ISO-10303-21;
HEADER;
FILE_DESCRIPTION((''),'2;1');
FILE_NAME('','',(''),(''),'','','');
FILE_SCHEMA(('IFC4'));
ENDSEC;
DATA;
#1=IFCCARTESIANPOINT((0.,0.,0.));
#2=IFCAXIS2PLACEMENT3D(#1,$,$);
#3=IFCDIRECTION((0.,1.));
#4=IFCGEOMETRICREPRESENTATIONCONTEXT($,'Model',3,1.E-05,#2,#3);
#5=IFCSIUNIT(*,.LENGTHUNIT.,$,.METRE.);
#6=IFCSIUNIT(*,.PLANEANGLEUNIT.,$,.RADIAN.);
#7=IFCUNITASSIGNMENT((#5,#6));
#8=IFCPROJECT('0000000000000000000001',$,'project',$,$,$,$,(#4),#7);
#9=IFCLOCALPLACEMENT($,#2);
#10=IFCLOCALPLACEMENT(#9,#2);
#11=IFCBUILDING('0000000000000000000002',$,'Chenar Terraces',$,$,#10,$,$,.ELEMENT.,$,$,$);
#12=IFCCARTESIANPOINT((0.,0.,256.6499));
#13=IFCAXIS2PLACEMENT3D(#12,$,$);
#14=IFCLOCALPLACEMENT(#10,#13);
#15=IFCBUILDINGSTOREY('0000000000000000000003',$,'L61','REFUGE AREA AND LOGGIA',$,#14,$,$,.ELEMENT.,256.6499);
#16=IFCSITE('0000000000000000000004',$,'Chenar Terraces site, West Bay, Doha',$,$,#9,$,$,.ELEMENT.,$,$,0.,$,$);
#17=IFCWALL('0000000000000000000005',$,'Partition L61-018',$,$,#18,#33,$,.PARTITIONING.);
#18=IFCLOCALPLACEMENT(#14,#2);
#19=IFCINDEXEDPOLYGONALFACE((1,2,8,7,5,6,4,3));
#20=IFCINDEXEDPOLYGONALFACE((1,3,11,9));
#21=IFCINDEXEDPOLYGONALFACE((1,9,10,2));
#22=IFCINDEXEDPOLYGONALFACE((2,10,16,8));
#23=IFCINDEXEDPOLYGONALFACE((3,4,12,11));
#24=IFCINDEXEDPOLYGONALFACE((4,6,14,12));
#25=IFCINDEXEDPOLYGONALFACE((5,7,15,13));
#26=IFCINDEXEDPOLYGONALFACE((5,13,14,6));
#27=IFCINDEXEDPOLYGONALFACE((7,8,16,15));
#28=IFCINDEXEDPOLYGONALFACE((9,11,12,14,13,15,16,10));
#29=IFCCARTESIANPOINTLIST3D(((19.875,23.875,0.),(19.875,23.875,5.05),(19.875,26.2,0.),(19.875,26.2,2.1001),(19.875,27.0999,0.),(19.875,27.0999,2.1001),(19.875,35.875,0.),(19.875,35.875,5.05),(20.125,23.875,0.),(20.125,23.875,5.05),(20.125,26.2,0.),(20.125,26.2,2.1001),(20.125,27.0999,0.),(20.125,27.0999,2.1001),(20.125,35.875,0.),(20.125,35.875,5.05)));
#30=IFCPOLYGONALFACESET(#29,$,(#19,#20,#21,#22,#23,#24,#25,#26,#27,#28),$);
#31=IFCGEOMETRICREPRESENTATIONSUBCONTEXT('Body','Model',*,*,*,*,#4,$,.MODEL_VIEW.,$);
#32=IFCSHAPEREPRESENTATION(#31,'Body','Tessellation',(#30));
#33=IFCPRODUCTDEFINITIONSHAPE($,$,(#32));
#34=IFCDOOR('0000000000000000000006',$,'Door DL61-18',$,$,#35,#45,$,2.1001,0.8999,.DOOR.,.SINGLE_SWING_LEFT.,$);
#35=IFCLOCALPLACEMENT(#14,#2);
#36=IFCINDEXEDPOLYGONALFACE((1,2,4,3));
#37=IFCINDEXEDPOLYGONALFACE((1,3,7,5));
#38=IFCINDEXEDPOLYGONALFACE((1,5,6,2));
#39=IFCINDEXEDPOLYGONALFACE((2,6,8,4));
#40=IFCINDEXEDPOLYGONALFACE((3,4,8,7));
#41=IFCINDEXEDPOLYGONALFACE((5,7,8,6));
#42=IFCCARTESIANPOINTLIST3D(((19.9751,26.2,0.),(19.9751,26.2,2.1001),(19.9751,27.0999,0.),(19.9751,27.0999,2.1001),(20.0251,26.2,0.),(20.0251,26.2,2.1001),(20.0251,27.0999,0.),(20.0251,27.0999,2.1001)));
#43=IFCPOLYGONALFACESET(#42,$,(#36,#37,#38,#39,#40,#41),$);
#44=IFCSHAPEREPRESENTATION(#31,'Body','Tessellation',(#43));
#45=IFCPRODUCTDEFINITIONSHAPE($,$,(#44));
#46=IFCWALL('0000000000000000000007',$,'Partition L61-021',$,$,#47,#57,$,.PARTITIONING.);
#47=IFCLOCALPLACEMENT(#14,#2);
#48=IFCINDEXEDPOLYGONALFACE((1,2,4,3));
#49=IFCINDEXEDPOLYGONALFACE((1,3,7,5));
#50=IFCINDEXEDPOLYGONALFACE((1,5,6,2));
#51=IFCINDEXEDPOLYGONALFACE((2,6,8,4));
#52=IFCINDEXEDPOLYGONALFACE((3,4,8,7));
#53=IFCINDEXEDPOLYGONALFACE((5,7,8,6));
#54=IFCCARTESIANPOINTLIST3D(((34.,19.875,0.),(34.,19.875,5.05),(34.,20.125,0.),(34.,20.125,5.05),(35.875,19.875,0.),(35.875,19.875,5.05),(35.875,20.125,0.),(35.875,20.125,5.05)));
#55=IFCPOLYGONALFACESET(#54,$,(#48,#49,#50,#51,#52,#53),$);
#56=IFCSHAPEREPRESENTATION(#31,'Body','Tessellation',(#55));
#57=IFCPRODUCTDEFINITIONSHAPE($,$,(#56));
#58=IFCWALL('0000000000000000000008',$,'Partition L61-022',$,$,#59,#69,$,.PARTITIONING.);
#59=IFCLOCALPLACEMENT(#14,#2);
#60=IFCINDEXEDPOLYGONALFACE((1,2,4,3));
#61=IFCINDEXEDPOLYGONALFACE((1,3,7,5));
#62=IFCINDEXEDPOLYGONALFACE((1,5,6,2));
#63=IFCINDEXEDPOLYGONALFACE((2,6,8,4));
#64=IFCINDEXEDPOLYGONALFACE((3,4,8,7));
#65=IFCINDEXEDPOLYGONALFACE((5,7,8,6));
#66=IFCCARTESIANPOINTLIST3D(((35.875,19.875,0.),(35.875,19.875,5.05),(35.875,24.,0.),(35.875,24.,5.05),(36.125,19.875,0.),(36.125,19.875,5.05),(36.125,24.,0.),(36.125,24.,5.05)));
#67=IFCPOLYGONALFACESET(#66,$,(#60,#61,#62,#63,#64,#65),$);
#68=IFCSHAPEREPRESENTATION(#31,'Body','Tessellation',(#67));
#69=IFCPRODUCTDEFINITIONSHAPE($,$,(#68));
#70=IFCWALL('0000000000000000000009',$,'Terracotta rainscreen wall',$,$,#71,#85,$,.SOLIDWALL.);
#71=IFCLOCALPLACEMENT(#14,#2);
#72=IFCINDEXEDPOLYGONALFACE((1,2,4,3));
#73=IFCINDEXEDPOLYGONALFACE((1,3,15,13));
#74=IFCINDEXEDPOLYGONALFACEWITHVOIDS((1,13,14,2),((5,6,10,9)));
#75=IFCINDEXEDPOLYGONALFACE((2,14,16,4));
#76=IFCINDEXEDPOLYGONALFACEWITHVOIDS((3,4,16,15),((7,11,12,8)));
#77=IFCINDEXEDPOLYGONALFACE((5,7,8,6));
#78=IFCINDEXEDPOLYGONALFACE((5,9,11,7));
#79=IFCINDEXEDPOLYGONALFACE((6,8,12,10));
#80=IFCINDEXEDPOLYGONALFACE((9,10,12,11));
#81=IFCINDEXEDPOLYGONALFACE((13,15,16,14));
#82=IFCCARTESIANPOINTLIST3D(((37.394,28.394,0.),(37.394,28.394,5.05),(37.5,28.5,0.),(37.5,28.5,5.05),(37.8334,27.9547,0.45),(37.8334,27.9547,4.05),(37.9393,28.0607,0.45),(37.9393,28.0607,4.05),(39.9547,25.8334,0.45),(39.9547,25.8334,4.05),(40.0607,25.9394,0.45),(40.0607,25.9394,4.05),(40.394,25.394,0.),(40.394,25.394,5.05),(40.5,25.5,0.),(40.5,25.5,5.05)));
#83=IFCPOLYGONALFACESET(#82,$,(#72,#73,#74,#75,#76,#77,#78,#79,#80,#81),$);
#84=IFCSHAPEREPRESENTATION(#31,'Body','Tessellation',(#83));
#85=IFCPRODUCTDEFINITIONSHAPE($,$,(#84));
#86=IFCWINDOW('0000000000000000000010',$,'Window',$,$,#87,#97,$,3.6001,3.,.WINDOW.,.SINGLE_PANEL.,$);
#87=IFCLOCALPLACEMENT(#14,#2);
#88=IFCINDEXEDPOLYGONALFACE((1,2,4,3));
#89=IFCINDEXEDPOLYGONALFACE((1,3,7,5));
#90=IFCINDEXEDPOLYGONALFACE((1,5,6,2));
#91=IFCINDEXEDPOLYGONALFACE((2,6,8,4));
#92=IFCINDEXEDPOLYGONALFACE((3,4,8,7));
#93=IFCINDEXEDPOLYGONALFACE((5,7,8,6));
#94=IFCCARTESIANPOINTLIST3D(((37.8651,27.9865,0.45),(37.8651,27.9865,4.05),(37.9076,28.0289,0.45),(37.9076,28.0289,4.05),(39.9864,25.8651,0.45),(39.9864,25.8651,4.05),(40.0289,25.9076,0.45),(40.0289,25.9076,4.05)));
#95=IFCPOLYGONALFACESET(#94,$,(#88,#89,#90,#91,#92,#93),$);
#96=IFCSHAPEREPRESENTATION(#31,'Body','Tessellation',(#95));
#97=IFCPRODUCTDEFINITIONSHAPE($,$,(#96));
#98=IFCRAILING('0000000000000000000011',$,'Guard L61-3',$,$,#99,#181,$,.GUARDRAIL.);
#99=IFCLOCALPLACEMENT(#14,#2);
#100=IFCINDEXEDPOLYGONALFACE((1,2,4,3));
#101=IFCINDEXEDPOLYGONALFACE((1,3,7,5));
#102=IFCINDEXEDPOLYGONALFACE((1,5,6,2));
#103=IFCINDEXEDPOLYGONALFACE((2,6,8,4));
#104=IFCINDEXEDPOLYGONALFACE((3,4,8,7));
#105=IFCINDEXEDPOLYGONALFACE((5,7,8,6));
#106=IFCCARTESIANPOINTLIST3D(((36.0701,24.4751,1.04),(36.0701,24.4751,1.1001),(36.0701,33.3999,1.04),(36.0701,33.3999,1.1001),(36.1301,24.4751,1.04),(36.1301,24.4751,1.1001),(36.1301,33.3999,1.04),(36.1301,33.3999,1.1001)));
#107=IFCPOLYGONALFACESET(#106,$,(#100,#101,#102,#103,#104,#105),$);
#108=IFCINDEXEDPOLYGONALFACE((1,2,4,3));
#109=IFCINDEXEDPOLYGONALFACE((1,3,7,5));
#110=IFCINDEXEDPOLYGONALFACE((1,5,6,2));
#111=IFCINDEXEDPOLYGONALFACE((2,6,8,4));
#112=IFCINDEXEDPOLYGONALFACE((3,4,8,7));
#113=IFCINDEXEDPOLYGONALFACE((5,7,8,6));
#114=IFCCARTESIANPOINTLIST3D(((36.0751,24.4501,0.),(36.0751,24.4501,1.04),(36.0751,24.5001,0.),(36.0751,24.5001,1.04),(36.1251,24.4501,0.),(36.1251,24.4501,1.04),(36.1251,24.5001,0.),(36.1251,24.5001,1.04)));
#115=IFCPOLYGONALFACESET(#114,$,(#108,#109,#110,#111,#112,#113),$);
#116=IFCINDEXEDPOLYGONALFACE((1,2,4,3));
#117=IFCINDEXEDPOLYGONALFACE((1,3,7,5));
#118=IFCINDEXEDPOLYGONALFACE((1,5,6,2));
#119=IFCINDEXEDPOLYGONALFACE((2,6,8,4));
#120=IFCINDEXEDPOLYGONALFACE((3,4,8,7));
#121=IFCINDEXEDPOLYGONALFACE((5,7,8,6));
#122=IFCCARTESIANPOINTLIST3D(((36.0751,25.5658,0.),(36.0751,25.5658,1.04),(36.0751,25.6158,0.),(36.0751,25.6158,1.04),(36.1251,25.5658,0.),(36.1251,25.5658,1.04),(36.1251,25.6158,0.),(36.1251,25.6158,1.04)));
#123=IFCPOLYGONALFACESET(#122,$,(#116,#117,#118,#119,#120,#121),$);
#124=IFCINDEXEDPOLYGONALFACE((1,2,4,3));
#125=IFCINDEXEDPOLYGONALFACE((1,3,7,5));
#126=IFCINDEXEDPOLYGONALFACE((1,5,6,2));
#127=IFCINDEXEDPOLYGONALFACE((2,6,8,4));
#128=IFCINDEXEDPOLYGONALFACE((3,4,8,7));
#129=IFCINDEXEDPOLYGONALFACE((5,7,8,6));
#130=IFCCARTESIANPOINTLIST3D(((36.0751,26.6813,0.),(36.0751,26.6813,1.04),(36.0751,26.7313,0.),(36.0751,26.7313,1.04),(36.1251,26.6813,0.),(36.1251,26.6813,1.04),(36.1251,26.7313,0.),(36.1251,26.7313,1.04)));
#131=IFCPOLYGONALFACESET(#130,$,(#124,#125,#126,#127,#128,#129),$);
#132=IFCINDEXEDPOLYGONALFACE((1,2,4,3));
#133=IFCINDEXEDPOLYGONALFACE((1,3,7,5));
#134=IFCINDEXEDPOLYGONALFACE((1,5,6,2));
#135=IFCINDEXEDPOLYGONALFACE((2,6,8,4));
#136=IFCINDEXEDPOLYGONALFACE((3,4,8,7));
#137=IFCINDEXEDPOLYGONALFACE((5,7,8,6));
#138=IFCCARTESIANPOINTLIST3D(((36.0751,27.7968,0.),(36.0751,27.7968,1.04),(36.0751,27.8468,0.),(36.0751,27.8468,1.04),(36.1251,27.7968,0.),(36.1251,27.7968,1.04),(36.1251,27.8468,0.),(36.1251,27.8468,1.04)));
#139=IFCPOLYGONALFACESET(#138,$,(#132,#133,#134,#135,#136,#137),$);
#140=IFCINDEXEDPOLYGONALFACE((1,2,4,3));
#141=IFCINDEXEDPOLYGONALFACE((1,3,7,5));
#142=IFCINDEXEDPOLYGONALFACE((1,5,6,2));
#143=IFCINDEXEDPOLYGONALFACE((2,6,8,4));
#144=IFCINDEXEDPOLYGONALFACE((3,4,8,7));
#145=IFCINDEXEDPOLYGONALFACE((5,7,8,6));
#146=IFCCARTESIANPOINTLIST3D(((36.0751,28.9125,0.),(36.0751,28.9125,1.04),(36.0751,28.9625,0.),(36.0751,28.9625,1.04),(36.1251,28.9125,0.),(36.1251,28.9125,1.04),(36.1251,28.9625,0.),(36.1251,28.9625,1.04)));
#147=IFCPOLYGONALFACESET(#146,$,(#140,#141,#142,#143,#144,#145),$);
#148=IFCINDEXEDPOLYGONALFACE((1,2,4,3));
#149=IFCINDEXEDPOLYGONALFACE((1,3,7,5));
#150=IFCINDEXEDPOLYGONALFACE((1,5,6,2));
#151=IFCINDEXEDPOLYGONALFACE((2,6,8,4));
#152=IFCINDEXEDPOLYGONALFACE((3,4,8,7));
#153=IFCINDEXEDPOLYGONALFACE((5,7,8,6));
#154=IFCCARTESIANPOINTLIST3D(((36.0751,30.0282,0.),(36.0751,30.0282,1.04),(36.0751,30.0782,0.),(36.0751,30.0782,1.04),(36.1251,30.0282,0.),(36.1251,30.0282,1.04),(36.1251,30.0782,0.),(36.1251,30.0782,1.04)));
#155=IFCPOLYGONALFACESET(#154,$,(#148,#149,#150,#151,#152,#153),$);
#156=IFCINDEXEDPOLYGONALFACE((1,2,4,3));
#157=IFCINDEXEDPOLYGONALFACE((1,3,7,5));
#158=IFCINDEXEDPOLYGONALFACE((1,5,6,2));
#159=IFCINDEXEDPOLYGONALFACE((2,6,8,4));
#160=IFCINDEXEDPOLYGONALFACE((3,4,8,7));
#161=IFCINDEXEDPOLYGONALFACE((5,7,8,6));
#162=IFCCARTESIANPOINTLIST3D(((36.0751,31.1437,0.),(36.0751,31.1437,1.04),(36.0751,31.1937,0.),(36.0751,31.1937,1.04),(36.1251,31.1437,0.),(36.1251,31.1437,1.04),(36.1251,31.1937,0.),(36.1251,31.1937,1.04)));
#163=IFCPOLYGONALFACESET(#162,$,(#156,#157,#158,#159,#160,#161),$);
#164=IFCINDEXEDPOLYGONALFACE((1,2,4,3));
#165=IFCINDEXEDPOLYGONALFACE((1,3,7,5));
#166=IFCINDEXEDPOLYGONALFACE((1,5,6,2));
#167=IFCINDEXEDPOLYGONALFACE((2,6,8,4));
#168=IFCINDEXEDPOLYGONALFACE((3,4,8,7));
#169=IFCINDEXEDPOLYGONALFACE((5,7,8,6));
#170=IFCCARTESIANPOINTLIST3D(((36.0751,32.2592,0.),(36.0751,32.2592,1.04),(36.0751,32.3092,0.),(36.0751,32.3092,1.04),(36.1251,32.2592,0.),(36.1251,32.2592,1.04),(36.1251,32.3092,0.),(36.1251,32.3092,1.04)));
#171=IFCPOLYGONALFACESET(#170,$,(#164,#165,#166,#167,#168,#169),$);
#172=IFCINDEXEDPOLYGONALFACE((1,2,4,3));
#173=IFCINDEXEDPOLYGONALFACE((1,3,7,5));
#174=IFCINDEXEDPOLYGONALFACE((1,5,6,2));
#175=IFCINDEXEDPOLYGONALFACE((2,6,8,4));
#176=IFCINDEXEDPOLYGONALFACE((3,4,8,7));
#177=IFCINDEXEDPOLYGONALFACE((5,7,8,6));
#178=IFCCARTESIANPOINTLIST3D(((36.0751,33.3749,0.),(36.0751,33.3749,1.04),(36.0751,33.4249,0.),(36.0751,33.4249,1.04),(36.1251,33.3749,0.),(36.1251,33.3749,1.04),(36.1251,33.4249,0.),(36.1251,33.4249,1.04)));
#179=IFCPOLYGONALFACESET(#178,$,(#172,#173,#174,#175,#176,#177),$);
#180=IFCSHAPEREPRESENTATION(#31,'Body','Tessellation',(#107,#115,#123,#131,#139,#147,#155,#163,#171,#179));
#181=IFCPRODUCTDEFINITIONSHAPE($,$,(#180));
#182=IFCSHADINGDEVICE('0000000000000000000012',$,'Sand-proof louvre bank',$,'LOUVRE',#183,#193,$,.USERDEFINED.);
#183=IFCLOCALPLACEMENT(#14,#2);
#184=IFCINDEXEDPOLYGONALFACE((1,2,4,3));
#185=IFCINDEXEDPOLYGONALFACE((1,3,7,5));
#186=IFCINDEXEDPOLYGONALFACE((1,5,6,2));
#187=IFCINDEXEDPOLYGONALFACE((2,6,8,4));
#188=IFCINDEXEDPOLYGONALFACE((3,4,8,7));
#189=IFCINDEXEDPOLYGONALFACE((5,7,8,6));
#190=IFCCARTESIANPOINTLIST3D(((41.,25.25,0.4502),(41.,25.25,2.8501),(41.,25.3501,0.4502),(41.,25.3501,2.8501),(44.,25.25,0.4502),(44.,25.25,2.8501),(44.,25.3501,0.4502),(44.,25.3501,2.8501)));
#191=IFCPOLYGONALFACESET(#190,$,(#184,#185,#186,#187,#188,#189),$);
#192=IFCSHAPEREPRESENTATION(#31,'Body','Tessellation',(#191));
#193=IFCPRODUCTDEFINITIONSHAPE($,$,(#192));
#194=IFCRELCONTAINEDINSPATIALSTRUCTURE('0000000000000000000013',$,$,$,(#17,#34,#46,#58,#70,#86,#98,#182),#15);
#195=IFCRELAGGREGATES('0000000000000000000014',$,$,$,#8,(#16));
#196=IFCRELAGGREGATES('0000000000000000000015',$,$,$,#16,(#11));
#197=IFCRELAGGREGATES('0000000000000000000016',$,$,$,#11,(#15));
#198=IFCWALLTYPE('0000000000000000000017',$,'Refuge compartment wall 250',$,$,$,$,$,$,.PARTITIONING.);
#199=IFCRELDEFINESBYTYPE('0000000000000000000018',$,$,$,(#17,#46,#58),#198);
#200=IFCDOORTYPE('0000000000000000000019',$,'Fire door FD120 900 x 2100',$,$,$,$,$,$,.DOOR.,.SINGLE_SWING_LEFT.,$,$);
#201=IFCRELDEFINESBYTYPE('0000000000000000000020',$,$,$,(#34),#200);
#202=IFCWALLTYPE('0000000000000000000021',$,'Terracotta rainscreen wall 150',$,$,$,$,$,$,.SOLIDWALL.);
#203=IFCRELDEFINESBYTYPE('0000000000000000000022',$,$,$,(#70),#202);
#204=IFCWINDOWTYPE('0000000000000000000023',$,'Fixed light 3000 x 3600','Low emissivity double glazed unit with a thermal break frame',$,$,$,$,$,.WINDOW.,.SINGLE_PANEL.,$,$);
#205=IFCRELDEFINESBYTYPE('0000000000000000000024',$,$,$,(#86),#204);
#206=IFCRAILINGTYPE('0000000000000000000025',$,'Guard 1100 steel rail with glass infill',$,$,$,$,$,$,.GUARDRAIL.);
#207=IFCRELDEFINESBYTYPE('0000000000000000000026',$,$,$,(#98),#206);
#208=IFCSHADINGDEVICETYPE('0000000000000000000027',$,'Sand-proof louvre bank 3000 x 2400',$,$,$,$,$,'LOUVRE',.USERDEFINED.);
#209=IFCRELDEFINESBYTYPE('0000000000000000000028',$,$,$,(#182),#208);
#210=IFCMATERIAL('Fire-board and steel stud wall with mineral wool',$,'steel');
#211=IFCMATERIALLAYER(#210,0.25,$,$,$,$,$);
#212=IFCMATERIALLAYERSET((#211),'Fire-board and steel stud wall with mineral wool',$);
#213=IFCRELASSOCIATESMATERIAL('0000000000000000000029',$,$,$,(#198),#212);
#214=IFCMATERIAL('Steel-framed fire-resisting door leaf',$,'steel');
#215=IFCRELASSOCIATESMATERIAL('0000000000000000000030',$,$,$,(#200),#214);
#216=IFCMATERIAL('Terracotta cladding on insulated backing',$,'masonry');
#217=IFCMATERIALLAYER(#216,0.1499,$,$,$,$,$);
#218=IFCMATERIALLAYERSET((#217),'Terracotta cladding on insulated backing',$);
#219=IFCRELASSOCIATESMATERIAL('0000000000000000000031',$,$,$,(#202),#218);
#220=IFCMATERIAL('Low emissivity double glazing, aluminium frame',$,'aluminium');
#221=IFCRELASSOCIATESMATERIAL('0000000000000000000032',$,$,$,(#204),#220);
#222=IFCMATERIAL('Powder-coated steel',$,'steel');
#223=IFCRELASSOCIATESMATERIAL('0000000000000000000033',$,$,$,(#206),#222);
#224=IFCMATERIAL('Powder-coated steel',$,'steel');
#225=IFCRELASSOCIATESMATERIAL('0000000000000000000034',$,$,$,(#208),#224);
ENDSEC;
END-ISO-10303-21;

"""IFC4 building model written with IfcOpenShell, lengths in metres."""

from ifc_helpers import new_model, si_unit, direction, frame, frame_2d, origin, origin_2d, place, context, subcontext, project, spatial, rectangle, extrude, material, layer, layer_set, type_object, element, fill, save


model = new_model("IFC4")

# Units and contexts
model_context = context("Model", 3, precision=1e-05, world=origin(), true_north=direction((0.0, 1.0)))
body_context = subcontext(model_context, "Body", "Model", "MODEL_VIEW")
ifc_project = project(units=[si_unit("LENGTHUNIT", "METRE"), si_unit("PLANEANGLEUNIT", "RADIAN")], contexts=[model_context])

# Site, building, storey
site_placement = place(None, origin())
site = spatial("IfcSite", under=ifc_project, at=site_placement, Name="Chenar Terraces site, West Bay, Doha", CompositionType="ELEMENT", RefElevation=0.0)
building_placement = place(site_placement, origin())
building = spatial("IfcBuilding", under=site, at=building_placement, Name="Chenar Terraces", CompositionType="ELEMENT")
storey_placement = place(building_placement, frame((0.0, 0.0, 256.6499)))
storey = spatial("IfcBuildingStorey", under=building, at=storey_placement, Name="L61", Description="REFUGE AREA AND LOGGIA", CompositionType="ELEMENT", Elevation=256.6499)

# Wall, opening, door
ifc_material_1 = material(Name="Fire-board and steel stud wall with mineral wool", Category="steel")
ifc_layer_1 = layer(ifc_material_1, 0.25)
ifc_layer_set_1 = layer_set([ifc_layer_1], Name="Fire-board and steel stud wall with mineral wool")
wall_type_1 = type_object("IfcWallType", Name="Refuge compartment wall 250", PredefinedType="PARTITIONING", material=ifc_layer_set_1)
wall_1_placement = place(storey_placement, frame((20.0, 23.875, 0.0), z_axis=(0.0, 0.0, 1.0), x_axis=(0.0, 1.0, 0.0)))
wall_1 = element("IfcWall", 1, at=wall_1_placement, inside=storey, type_object=wall_type_1, Name="Partition L61-018", PredefinedType="PARTITIONING", context=body_context, shape_type="SweptSolid", body=[
    extrude(rectangle(XDim=12.0, YDim=0.25, at=frame_2d((6.0, 0.0))), origin(), (0.0, 0.0, 1.0), 5.05),
])
opening_1_placement = place(wall_1_placement, frame((2.325, 0.0, 0.0)))
opening_1 = element("IfcOpeningElement", 2, at=opening_1_placement, cuts=wall_1, PredefinedType="OPENING", context=body_context, shape_type="SweptSolid", body=[
    extrude(rectangle(XDim=0.8999, YDim=2.1001, at=frame_2d((0.45, 1.05))), frame((0.0, 0.135, 0.0), z_axis=(0.0, -1.0, 0.0), x_axis=(1.0, 0.0, 0.0)), (0.0, 0.0, 1.0), 0.27),
])
ifc_material_2 = material(Name="Steel-framed fire-resisting door leaf", Category="steel")
door_type = type_object("IfcDoorType", Name="Fire door FD120 900 x 2100", OperationType="SINGLE_SWING_LEFT", PredefinedType="DOOR", material=ifc_material_2)
door_placement = place(opening_1_placement, origin())
door = element("IfcDoor", 3, at=door_placement, inside=storey, type_object=door_type, Name="Door DL61-18", OperationType="SINGLE_SWING_LEFT", OverallHeight=2.1001, OverallWidth=0.8999, PredefinedType="DOOR", context=body_context, shape_type="SweptSolid", body=[
    extrude(rectangle(XDim=0.8999, YDim=2.1001, at=frame_2d((0.45, 1.05))), frame((0.0, 0.0249, 0.0), z_axis=(0.0, -1.0, 0.0), x_axis=(1.0, 0.0, 0.0)), (0.0, 0.0, 1.0), 0.05),
])
fill(opening_1, door)

# Walls
wall_2_placement = place(storey_placement, frame((34.0, 20.0, 0.0), z_axis=(0.0, 0.0, 1.0), x_axis=(1.0, 0.0, 0.0)))
element("IfcWall", 4, at=wall_2_placement, inside=storey, type_object=wall_type_1, Name="Partition L61-021", PredefinedType="PARTITIONING", context=body_context, shape_type="SweptSolid", body=[
    extrude(rectangle(XDim=1.875, YDim=0.25, at=frame_2d((0.9375, 0.0))), origin(), (0.0, 0.0, 1.0), 5.05),
])
wall_3_placement = place(storey_placement, frame((36.0, 19.875, 0.0), z_axis=(0.0, 0.0, 1.0), x_axis=(0.0, 1.0, 0.0)))
element("IfcWall", 5, at=wall_3_placement, inside=storey, type_object=wall_type_1, Name="Partition L61-022", PredefinedType="PARTITIONING", context=body_context, shape_type="SweptSolid", body=[
    extrude(rectangle(XDim=4.125, YDim=0.25, at=frame_2d((2.0625, 0.0))), origin(), (0.0, 0.0, 1.0), 5.05),
])

# Wall, opening, window
ifc_material_3 = material(Name="Terracotta cladding on insulated backing", Category="masonry")
ifc_layer_2 = layer(ifc_material_3, 0.1499)
ifc_layer_set_2 = layer_set([ifc_layer_2], Name="Terracotta cladding on insulated backing")
wall_type_2 = type_object("IfcWallType", Name="Terracotta rainscreen wall 150", PredefinedType="SOLIDWALL", material=ifc_layer_set_2)
wall_4_placement = place(storey_placement, frame((40.447, 25.447, 0.0), z_axis=(0.0, 0.0, 1.0), x_axis=(-0.707107, 0.707107, 0.0)))
wall_4 = element("IfcWall", 6, at=wall_4_placement, inside=storey, type_object=wall_type_2, Name="Terracotta rainscreen wall", PredefinedType="SOLIDWALL", context=body_context, shape_type="SweptSolid", body=[
    extrude(rectangle(XDim=4.2427, YDim=0.1499, at=frame_2d((2.1213, 0.0))), origin(), (0.0, 0.0, 1.0), 5.05),
])
opening_2_placement = place(wall_4_placement, frame((0.6213, 0.0, 0.45)))
opening_2 = element("IfcOpeningElement", 7, at=opening_2_placement, cuts=wall_4, PredefinedType="OPENING", context=body_context, shape_type="SweptSolid", body=[
    extrude(rectangle(XDim=3.0, YDim=3.6001, at=frame_2d((1.5, 1.8))), frame((0.0, 0.085, 0.0), z_axis=(0.0, -1.0, 0.0), x_axis=(1.0, 0.0, 0.0)), (0.0, 0.0, 1.0), 0.1699),
])
ifc_material_4 = material(Name="Low emissivity double glazing, aluminium frame", Category="aluminium")
window_type = type_object("IfcWindowType", Name="Fixed light 3000 x 3600", Description="Low emissivity double glazed unit with a thermal break frame", PartitioningType="SINGLE_PANEL", PredefinedType="WINDOW", material=ifc_material_4)
window_placement = place(opening_2_placement, origin())
window = element("IfcWindow", 8, at=window_placement, inside=storey, type_object=window_type, Name="Window", OverallHeight=3.6001, OverallWidth=3.0, PartitioningType="SINGLE_PANEL", PredefinedType="WINDOW", context=body_context, shape_type="SweptSolid", body=[
    extrude(rectangle(XDim=3.0, YDim=3.6001, at=frame_2d((1.5, 1.8))), frame((0.0, 0.03, 0.0), z_axis=(0.0, -1.0, 0.0), x_axis=(1.0, 0.0, 0.0)), (0.0, 0.0, 1.0), 0.0601),
])
fill(opening_2, window)

# Railing
ifc_material_5 = material(Name="Powder-coated steel", Category="steel")
railing_type = type_object("IfcRailingType", Name="Guard 1100 steel rail with glass infill", PredefinedType="GUARDRAIL", material=ifc_material_5)
railing_placement = place(storey_placement, frame((36.1001, 24.4751, 0.0)))
element("IfcRailing", 9, at=railing_placement, inside=storey, type_object=railing_type, Name="Guard L61-3", PredefinedType="GUARDRAIL", context=body_context, shape_type="SweptSolid", body=[
    extrude(rectangle(XDim=0.0601, YDim=0.0601, at=origin_2d()), frame((0.0, 0.0, 1.0701), z_axis=(0.0, 1.0, 0.0), x_axis=(-1.0, 0.0, 0.0)), (0.0, 0.0, 1.0), 8.9248),
    extrude(rectangle(XDim=0.05, YDim=0.05, at=origin_2d()), origin(), (0.0, 0.0, 1.0), 1.04),
    extrude(rectangle(XDim=0.05, YDim=0.05, at=origin_2d()), frame((0.0, 1.1157, 0.0)), (0.0, 0.0, 1.0), 1.04),
    extrude(rectangle(XDim=0.05, YDim=0.05, at=origin_2d()), frame((0.0, 2.2312, 0.0)), (0.0, 0.0, 1.0), 1.04),
    extrude(rectangle(XDim=0.05, YDim=0.05, at=origin_2d()), frame((0.0, 3.3467, 0.0)), (0.0, 0.0, 1.0), 1.04),
    extrude(rectangle(XDim=0.05, YDim=0.05, at=origin_2d()), frame((0.0, 4.4624, 0.0)), (0.0, 0.0, 1.0), 1.04),
    extrude(rectangle(XDim=0.05, YDim=0.05, at=origin_2d()), frame((0.0, 5.5781, 0.0)), (0.0, 0.0, 1.0), 1.04),
    extrude(rectangle(XDim=0.05, YDim=0.05, at=origin_2d()), frame((0.0, 6.6936, 0.0)), (0.0, 0.0, 1.0), 1.04),
    extrude(rectangle(XDim=0.05, YDim=0.05, at=origin_2d()), frame((0.0, 7.8091, 0.0)), (0.0, 0.0, 1.0), 1.04),
    extrude(rectangle(XDim=0.05, YDim=0.05, at=origin_2d()), frame((0.0, 8.9248, 0.0)), (0.0, 0.0, 1.0), 1.04),
])

# Shading device
ifc_material_6 = material(Name="Powder-coated steel", Category="steel")
shading_device_type = type_object("IfcShadingDeviceType", Name="Sand-proof louvre bank 3000 x 2400", ElementType="LOUVRE", PredefinedType="USERDEFINED", material=ifc_material_6)
shading_device_placement = place(storey_placement, frame((42.5, 25.3, 0.4502), z_axis=(0.0, 0.0, 1.0), x_axis=(-1.0, 0.0, 0.0)))
element("IfcShadingDevice", 10, at=shading_device_placement, inside=storey, type_object=shading_device_type, Name="Sand-proof louvre bank", ObjectType="LOUVRE", PredefinedType="USERDEFINED", context=body_context, shape_type="SweptSolid", body=[
    extrude(rectangle(XDim=3.0, YDim=0.1001, at=origin_2d()), origin(), (0.0, 0.0, 1.0), 2.3999),
])

save(model, "model.ifc")
